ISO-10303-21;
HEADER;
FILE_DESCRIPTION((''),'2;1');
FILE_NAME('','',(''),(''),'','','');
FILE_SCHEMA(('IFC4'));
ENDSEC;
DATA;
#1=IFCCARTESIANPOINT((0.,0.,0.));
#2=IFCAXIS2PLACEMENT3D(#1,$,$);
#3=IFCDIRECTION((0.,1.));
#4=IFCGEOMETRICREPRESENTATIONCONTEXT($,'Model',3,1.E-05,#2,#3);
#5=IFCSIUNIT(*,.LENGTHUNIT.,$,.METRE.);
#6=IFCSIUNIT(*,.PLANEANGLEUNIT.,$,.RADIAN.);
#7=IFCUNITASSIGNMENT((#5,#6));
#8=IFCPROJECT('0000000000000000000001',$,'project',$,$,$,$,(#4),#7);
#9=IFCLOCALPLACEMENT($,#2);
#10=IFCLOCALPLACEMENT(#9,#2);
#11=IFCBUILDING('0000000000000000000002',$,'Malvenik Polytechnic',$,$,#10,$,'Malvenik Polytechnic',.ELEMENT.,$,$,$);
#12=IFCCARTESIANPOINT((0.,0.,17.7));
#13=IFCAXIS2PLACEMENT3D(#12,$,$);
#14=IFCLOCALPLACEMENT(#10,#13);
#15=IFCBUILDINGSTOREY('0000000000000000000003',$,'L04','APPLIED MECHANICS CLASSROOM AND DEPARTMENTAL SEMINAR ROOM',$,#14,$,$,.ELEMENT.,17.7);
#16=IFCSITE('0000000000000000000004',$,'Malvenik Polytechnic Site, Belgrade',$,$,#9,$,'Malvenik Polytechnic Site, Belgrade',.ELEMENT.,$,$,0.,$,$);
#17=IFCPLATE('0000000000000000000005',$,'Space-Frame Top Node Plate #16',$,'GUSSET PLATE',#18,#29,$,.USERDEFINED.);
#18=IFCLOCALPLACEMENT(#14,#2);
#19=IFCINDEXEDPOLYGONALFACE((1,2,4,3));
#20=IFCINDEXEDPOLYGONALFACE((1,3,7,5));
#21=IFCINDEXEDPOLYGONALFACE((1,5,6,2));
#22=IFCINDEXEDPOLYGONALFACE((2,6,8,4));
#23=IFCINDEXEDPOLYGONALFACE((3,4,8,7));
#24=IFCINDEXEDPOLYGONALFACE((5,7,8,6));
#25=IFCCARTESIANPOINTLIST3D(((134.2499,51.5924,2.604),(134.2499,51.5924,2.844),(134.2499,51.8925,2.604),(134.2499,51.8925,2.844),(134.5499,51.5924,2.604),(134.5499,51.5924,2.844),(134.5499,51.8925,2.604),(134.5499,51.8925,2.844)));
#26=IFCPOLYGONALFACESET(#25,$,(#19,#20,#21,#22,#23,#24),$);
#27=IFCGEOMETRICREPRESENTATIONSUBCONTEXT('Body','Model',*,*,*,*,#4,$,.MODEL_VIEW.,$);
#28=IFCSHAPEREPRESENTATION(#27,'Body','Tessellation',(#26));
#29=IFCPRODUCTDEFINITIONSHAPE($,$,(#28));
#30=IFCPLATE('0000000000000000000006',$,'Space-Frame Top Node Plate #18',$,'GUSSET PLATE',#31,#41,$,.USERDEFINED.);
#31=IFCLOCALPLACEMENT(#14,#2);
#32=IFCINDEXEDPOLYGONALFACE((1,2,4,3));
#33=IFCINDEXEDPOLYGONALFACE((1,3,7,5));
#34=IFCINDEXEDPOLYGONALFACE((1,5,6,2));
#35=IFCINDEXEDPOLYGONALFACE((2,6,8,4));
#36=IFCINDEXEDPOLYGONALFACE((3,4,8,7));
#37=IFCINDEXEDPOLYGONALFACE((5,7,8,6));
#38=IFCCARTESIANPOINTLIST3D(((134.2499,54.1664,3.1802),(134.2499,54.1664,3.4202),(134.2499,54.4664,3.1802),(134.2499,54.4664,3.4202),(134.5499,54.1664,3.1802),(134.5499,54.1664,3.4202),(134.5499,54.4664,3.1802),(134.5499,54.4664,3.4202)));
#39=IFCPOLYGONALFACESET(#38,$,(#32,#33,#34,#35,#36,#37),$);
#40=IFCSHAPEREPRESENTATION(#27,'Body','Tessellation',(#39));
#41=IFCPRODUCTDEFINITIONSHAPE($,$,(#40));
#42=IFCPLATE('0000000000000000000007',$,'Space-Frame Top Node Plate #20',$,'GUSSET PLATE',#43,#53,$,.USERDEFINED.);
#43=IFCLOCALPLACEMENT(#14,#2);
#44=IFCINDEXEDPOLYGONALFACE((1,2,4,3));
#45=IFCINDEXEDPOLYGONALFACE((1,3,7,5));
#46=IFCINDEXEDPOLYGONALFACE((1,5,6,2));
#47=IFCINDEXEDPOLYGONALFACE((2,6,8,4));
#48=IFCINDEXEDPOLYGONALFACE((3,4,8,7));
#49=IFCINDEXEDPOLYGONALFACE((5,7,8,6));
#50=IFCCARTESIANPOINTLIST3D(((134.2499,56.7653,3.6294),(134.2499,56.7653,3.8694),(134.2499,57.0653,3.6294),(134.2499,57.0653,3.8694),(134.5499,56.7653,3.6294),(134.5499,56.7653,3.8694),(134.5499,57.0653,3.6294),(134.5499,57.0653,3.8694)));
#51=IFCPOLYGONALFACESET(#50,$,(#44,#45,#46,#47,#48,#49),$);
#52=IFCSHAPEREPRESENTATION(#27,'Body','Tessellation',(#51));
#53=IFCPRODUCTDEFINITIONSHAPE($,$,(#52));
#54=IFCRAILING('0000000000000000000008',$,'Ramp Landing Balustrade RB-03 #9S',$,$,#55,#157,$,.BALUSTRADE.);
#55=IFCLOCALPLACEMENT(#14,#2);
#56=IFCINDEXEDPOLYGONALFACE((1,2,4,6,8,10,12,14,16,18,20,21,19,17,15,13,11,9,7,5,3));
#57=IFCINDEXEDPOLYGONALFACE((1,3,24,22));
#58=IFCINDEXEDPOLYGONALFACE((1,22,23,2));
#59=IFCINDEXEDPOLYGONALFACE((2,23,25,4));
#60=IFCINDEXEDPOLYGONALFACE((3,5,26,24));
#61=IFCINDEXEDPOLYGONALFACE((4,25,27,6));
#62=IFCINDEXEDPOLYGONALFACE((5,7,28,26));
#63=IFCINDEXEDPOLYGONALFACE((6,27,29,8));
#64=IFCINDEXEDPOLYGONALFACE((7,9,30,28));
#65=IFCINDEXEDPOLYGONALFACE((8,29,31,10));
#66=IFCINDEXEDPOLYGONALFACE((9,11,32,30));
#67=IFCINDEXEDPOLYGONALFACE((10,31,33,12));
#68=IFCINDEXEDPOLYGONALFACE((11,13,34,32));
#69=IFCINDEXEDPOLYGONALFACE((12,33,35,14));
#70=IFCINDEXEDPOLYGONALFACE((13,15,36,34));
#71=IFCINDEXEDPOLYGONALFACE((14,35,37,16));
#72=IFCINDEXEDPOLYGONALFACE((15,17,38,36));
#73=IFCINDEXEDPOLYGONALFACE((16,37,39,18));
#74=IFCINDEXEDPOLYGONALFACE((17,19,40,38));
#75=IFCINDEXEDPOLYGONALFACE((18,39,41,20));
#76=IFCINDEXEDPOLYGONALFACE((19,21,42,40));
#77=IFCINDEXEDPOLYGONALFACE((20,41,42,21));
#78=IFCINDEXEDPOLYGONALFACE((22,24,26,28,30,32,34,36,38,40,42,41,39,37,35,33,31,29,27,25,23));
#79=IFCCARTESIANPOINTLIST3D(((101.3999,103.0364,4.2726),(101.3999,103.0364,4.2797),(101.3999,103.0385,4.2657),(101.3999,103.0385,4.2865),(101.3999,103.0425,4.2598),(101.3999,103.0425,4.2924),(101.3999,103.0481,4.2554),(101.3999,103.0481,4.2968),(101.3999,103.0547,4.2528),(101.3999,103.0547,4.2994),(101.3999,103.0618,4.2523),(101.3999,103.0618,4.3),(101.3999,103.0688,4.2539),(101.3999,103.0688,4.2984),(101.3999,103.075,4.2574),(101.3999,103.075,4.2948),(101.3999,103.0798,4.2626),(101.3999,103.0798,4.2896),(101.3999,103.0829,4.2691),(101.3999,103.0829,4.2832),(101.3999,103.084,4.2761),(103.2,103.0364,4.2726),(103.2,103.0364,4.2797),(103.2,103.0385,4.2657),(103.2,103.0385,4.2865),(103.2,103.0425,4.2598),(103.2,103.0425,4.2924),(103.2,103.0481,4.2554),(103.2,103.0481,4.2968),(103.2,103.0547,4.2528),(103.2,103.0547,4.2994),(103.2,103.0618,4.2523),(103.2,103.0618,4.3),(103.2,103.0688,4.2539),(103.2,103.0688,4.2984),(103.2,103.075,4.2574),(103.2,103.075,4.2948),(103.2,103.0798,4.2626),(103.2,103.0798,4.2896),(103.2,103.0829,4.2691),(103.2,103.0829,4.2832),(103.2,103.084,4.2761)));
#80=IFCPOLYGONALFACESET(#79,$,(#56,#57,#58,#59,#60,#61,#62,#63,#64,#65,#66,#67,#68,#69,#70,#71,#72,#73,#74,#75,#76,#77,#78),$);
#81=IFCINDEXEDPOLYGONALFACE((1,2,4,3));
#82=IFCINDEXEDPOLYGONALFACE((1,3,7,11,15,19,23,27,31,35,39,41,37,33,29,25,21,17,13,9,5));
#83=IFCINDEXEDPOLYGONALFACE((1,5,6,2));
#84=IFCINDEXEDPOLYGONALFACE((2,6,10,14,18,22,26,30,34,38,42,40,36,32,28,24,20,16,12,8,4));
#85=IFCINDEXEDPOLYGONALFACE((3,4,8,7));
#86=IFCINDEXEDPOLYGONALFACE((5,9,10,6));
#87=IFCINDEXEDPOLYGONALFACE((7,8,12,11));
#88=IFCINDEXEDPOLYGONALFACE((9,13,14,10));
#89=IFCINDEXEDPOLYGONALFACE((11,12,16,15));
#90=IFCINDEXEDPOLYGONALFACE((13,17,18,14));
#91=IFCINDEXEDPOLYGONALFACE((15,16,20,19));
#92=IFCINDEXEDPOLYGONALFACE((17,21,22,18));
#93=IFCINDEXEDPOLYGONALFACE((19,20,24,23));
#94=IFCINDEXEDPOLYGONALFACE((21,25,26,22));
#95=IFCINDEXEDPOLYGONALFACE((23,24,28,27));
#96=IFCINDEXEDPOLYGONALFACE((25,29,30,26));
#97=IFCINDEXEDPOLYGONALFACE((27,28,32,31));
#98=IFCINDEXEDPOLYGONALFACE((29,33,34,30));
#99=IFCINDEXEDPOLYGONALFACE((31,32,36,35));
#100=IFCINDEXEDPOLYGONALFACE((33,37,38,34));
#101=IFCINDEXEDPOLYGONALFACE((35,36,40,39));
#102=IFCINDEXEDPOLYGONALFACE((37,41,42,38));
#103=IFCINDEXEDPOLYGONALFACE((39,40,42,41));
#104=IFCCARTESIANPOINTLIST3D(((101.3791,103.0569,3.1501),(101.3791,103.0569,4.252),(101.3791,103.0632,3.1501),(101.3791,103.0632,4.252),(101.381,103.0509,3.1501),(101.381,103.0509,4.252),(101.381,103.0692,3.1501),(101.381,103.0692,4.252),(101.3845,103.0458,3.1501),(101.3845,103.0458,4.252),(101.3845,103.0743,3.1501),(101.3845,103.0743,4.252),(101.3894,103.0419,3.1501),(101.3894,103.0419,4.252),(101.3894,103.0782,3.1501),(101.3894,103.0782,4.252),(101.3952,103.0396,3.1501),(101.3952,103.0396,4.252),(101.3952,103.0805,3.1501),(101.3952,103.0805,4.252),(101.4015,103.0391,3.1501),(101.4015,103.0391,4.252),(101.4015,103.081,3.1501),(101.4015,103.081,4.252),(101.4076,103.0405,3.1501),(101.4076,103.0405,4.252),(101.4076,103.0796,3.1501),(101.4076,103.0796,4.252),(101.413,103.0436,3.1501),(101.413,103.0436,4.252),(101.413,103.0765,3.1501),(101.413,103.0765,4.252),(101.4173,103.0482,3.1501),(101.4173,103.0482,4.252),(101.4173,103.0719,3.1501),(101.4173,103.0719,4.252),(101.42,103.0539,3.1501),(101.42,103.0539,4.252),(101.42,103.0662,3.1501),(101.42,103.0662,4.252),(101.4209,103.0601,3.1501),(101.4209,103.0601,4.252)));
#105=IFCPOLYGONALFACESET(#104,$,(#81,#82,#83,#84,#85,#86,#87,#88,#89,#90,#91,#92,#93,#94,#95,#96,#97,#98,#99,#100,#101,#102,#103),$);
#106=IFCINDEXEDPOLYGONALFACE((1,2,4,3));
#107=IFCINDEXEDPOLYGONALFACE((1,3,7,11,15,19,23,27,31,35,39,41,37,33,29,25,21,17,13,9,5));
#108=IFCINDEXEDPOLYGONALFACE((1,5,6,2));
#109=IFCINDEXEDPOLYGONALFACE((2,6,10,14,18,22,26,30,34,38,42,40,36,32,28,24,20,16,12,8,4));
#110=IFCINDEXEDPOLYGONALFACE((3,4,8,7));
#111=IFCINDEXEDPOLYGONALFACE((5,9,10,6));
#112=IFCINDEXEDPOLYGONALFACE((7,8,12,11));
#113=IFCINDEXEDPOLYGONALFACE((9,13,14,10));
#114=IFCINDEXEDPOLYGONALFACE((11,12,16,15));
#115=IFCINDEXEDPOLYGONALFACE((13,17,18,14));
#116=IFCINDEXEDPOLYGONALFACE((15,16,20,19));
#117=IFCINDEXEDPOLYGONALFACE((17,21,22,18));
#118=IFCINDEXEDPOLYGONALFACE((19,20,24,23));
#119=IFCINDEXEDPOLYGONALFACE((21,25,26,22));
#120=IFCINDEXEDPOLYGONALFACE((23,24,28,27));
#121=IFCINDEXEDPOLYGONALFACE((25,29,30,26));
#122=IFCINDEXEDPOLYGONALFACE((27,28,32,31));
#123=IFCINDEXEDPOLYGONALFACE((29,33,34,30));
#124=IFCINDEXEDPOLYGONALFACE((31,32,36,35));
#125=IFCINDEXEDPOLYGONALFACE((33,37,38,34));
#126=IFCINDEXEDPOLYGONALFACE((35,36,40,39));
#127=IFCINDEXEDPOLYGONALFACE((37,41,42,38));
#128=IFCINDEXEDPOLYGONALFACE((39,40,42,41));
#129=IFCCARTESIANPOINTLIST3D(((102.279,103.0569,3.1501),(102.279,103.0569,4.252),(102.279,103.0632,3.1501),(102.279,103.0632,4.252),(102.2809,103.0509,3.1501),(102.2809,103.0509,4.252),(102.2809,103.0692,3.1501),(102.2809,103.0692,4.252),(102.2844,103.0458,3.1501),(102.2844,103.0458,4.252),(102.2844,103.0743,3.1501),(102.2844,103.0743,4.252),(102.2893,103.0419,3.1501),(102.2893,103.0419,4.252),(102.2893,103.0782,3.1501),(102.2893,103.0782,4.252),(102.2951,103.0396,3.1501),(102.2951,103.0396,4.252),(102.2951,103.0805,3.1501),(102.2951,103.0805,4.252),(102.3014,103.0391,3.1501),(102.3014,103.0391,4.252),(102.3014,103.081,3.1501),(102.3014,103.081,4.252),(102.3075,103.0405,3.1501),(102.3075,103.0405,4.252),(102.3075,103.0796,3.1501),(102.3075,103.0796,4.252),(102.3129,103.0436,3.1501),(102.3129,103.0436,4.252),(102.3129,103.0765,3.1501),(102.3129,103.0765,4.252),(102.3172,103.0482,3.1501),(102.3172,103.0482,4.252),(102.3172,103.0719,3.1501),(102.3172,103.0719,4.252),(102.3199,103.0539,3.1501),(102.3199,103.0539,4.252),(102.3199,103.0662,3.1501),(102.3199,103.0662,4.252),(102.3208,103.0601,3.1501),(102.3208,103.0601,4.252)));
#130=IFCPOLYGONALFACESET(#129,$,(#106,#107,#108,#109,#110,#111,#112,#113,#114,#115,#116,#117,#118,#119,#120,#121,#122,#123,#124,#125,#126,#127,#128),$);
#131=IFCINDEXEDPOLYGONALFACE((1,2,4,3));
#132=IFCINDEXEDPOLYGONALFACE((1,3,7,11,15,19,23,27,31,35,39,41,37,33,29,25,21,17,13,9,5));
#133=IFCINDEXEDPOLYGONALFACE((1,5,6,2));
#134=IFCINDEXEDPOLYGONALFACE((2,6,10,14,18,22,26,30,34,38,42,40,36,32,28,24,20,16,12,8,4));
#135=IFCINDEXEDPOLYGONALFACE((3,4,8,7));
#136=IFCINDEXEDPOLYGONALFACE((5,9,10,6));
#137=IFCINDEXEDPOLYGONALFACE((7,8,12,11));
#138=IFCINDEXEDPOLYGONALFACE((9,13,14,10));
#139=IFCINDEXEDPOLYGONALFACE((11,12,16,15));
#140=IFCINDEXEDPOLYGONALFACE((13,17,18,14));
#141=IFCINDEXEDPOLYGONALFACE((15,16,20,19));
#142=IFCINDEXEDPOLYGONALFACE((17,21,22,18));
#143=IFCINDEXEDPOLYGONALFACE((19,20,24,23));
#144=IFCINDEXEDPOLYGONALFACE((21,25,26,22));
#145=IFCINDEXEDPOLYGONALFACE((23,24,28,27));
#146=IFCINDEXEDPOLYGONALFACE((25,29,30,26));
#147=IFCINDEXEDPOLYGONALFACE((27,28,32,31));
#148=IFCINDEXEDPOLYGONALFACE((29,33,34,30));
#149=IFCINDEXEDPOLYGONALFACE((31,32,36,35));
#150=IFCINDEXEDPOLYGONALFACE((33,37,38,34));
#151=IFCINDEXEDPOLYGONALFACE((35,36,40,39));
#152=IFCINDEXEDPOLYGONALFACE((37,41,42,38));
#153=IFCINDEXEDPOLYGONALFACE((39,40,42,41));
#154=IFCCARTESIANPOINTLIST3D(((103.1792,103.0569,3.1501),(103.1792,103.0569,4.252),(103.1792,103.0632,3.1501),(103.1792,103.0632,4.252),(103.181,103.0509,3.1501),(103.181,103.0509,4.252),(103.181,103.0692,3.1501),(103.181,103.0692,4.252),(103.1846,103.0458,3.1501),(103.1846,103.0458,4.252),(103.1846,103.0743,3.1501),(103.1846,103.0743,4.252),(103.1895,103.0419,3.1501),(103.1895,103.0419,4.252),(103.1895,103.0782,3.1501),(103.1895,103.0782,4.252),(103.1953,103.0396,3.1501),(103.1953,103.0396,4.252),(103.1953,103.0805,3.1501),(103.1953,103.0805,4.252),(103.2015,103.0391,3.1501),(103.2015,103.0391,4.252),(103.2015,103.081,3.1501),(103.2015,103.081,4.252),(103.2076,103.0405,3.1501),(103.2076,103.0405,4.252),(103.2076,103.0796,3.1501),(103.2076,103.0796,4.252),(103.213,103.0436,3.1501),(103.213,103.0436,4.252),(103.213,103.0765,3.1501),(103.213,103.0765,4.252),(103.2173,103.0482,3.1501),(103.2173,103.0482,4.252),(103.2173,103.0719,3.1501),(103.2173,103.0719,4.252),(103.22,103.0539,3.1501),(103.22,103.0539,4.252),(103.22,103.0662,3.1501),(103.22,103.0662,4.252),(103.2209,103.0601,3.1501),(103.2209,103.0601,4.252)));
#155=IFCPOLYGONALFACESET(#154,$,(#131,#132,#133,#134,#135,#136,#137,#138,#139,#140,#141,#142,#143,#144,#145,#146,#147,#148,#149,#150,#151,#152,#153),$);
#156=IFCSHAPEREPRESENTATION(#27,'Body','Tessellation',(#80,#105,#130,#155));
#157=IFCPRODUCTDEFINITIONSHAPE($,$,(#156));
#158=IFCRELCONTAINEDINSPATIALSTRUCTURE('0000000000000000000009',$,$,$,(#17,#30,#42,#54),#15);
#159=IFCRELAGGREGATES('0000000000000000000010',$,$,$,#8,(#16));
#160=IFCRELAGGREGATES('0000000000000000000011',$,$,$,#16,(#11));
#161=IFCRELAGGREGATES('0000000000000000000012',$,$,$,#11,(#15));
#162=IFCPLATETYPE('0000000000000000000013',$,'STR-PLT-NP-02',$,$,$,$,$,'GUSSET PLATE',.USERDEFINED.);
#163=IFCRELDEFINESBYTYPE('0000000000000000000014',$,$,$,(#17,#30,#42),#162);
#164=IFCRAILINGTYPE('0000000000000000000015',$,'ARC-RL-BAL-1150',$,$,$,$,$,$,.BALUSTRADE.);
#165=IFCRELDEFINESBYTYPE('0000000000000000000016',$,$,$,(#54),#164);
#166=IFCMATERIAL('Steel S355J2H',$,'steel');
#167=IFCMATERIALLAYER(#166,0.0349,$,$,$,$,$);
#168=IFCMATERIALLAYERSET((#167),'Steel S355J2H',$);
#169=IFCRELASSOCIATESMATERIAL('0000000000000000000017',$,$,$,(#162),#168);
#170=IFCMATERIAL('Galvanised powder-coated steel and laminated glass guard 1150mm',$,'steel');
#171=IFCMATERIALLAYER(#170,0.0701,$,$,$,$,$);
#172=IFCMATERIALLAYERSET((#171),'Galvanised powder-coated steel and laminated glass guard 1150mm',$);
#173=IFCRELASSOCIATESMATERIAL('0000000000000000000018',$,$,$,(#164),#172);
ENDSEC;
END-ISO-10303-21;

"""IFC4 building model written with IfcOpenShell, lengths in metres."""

from ifc_helpers import new_model, si_unit, direction, frame, origin, origin_2d, place, context, subcontext, project, spatial, rectangle, circle, extrude, material, layer, layer_set, type_object, element, save


model = new_model("IFC4")

# Units and contexts
model_context = context("Model", 3, precision=1e-05, world=origin(), true_north=direction((0.0, 1.0)))
body_context = subcontext(model_context, "Body", "Model", "MODEL_VIEW")
ifc_project = project(units=[si_unit("LENGTHUNIT", "METRE"), si_unit("PLANEANGLEUNIT", "RADIAN")], contexts=[model_context])

# Site, building, storey
site_placement = place(None, origin())
site = spatial("IfcSite", under=ifc_project, at=site_placement, Name="Malvenik Polytechnic Site, Belgrade", LongName="Malvenik Polytechnic Site, Belgrade", CompositionType="ELEMENT", RefElevation=0.0)
building_placement = place(site_placement, origin())
building = spatial("IfcBuilding", under=site, at=building_placement, Name="Malvenik Polytechnic", LongName="Malvenik Polytechnic", CompositionType="ELEMENT")
storey_placement = place(building_placement, frame((0.0, 0.0, 17.7)))
storey = spatial("IfcBuildingStorey", under=building, at=storey_placement, Name="L04", Description="APPLIED MECHANICS CLASSROOM AND DEPARTMENTAL SEMINAR ROOM", CompositionType="ELEMENT", Elevation=17.7)

# Shared definitions
ifc_material_1 = material(Name="Steel S355J2H", Category="steel")

# Plates
ifc_layer_1 = layer(ifc_material_1, 0.0349)
ifc_layer_set_1 = layer_set([ifc_layer_1], Name="Steel S355J2H")
plate_type_1 = type_object("IfcPlateType", Name="STR-PLT-NP-02", ElementType="GUSSET PLATE", PredefinedType="USERDEFINED", material=ifc_layer_set_1)
for number, where, z_axis, x_axis, name in (
    (1, (134.3999, 51.7424, 2.604), (0.0, 0.0, 1.0), (1.0, 0.0, 0.0), "Space-Frame Top Node Plate #16"),
    (2, (134.3999, 54.3164, 3.1802), (0.0, 0.0, 1.0), (1.0, 0.0, 0.0), "Space-Frame Top Node Plate #18"),
    (3, (134.3999, 56.9153, 3.6294), (0.0, 0.0, 1.0), (1.0, 0.0, 0.0), "Space-Frame Top Node Plate #20"),
):
    element("IfcPlate", number, at=place(storey_placement, frame(where, z_axis=z_axis, x_axis=x_axis)), inside=storey, type_object=plate_type_1, Name=name, ObjectType="GUSSET PLATE", PredefinedType="USERDEFINED", context=body_context, shape_type="SweptSolid", body=[
        extrude(rectangle(XDim=0.3, YDim=0.3, at=origin_2d()), origin(), (0.0, 0.0, 1.0), 0.24),
    ])

# Railing
ifc_material_2 = material(Name="Galvanised powder-coated steel and laminated glass guard 1150mm", Category="steel")
ifc_layer_2 = layer(ifc_material_2, 0.0701)
ifc_layer_set_2 = layer_set([ifc_layer_2], Name="Galvanised powder-coated steel and laminated glass guard 1150mm")
railing_type_1 = type_object("IfcRailingType", Name="ARC-RL-BAL-1150", PredefinedType="BALUSTRADE", material=ifc_layer_set_2)
railing_1_placement = place(storey_placement, frame((101.3999, 103.0601, 3.1501)))
element("IfcRailing", 4, at=railing_1_placement, inside=storey, type_object=railing_type_1, Name="Ramp Landing Balustrade RB-03 #9S", PredefinedType="BALUSTRADE", context=body_context, shape_type="SweptSolid", body=[
    extrude(circle(Radius=0.0239, at=origin_2d()), frame((0.0, 0.0, 1.126), z_axis=(1.0, 0.0, 0.0), x_axis=(0.0, 1.0, 0.0)), (0.0, 0.0, 1.0), 1.8),
    extrude(circle(Radius=0.021, at=origin_2d()), origin(), (0.0, 0.0, 1.0), 1.1018),
    extrude(circle(Radius=0.021, at=origin_2d()), frame((0.8999, 0.0, 0.0)), (0.0, 0.0, 1.0), 1.1018),
    extrude(circle(Radius=0.021, at=origin_2d()), frame((1.8, 0.0, 0.0)), (0.0, 0.0, 1.0), 1.1018),
])

save(model, "model.ifc")
